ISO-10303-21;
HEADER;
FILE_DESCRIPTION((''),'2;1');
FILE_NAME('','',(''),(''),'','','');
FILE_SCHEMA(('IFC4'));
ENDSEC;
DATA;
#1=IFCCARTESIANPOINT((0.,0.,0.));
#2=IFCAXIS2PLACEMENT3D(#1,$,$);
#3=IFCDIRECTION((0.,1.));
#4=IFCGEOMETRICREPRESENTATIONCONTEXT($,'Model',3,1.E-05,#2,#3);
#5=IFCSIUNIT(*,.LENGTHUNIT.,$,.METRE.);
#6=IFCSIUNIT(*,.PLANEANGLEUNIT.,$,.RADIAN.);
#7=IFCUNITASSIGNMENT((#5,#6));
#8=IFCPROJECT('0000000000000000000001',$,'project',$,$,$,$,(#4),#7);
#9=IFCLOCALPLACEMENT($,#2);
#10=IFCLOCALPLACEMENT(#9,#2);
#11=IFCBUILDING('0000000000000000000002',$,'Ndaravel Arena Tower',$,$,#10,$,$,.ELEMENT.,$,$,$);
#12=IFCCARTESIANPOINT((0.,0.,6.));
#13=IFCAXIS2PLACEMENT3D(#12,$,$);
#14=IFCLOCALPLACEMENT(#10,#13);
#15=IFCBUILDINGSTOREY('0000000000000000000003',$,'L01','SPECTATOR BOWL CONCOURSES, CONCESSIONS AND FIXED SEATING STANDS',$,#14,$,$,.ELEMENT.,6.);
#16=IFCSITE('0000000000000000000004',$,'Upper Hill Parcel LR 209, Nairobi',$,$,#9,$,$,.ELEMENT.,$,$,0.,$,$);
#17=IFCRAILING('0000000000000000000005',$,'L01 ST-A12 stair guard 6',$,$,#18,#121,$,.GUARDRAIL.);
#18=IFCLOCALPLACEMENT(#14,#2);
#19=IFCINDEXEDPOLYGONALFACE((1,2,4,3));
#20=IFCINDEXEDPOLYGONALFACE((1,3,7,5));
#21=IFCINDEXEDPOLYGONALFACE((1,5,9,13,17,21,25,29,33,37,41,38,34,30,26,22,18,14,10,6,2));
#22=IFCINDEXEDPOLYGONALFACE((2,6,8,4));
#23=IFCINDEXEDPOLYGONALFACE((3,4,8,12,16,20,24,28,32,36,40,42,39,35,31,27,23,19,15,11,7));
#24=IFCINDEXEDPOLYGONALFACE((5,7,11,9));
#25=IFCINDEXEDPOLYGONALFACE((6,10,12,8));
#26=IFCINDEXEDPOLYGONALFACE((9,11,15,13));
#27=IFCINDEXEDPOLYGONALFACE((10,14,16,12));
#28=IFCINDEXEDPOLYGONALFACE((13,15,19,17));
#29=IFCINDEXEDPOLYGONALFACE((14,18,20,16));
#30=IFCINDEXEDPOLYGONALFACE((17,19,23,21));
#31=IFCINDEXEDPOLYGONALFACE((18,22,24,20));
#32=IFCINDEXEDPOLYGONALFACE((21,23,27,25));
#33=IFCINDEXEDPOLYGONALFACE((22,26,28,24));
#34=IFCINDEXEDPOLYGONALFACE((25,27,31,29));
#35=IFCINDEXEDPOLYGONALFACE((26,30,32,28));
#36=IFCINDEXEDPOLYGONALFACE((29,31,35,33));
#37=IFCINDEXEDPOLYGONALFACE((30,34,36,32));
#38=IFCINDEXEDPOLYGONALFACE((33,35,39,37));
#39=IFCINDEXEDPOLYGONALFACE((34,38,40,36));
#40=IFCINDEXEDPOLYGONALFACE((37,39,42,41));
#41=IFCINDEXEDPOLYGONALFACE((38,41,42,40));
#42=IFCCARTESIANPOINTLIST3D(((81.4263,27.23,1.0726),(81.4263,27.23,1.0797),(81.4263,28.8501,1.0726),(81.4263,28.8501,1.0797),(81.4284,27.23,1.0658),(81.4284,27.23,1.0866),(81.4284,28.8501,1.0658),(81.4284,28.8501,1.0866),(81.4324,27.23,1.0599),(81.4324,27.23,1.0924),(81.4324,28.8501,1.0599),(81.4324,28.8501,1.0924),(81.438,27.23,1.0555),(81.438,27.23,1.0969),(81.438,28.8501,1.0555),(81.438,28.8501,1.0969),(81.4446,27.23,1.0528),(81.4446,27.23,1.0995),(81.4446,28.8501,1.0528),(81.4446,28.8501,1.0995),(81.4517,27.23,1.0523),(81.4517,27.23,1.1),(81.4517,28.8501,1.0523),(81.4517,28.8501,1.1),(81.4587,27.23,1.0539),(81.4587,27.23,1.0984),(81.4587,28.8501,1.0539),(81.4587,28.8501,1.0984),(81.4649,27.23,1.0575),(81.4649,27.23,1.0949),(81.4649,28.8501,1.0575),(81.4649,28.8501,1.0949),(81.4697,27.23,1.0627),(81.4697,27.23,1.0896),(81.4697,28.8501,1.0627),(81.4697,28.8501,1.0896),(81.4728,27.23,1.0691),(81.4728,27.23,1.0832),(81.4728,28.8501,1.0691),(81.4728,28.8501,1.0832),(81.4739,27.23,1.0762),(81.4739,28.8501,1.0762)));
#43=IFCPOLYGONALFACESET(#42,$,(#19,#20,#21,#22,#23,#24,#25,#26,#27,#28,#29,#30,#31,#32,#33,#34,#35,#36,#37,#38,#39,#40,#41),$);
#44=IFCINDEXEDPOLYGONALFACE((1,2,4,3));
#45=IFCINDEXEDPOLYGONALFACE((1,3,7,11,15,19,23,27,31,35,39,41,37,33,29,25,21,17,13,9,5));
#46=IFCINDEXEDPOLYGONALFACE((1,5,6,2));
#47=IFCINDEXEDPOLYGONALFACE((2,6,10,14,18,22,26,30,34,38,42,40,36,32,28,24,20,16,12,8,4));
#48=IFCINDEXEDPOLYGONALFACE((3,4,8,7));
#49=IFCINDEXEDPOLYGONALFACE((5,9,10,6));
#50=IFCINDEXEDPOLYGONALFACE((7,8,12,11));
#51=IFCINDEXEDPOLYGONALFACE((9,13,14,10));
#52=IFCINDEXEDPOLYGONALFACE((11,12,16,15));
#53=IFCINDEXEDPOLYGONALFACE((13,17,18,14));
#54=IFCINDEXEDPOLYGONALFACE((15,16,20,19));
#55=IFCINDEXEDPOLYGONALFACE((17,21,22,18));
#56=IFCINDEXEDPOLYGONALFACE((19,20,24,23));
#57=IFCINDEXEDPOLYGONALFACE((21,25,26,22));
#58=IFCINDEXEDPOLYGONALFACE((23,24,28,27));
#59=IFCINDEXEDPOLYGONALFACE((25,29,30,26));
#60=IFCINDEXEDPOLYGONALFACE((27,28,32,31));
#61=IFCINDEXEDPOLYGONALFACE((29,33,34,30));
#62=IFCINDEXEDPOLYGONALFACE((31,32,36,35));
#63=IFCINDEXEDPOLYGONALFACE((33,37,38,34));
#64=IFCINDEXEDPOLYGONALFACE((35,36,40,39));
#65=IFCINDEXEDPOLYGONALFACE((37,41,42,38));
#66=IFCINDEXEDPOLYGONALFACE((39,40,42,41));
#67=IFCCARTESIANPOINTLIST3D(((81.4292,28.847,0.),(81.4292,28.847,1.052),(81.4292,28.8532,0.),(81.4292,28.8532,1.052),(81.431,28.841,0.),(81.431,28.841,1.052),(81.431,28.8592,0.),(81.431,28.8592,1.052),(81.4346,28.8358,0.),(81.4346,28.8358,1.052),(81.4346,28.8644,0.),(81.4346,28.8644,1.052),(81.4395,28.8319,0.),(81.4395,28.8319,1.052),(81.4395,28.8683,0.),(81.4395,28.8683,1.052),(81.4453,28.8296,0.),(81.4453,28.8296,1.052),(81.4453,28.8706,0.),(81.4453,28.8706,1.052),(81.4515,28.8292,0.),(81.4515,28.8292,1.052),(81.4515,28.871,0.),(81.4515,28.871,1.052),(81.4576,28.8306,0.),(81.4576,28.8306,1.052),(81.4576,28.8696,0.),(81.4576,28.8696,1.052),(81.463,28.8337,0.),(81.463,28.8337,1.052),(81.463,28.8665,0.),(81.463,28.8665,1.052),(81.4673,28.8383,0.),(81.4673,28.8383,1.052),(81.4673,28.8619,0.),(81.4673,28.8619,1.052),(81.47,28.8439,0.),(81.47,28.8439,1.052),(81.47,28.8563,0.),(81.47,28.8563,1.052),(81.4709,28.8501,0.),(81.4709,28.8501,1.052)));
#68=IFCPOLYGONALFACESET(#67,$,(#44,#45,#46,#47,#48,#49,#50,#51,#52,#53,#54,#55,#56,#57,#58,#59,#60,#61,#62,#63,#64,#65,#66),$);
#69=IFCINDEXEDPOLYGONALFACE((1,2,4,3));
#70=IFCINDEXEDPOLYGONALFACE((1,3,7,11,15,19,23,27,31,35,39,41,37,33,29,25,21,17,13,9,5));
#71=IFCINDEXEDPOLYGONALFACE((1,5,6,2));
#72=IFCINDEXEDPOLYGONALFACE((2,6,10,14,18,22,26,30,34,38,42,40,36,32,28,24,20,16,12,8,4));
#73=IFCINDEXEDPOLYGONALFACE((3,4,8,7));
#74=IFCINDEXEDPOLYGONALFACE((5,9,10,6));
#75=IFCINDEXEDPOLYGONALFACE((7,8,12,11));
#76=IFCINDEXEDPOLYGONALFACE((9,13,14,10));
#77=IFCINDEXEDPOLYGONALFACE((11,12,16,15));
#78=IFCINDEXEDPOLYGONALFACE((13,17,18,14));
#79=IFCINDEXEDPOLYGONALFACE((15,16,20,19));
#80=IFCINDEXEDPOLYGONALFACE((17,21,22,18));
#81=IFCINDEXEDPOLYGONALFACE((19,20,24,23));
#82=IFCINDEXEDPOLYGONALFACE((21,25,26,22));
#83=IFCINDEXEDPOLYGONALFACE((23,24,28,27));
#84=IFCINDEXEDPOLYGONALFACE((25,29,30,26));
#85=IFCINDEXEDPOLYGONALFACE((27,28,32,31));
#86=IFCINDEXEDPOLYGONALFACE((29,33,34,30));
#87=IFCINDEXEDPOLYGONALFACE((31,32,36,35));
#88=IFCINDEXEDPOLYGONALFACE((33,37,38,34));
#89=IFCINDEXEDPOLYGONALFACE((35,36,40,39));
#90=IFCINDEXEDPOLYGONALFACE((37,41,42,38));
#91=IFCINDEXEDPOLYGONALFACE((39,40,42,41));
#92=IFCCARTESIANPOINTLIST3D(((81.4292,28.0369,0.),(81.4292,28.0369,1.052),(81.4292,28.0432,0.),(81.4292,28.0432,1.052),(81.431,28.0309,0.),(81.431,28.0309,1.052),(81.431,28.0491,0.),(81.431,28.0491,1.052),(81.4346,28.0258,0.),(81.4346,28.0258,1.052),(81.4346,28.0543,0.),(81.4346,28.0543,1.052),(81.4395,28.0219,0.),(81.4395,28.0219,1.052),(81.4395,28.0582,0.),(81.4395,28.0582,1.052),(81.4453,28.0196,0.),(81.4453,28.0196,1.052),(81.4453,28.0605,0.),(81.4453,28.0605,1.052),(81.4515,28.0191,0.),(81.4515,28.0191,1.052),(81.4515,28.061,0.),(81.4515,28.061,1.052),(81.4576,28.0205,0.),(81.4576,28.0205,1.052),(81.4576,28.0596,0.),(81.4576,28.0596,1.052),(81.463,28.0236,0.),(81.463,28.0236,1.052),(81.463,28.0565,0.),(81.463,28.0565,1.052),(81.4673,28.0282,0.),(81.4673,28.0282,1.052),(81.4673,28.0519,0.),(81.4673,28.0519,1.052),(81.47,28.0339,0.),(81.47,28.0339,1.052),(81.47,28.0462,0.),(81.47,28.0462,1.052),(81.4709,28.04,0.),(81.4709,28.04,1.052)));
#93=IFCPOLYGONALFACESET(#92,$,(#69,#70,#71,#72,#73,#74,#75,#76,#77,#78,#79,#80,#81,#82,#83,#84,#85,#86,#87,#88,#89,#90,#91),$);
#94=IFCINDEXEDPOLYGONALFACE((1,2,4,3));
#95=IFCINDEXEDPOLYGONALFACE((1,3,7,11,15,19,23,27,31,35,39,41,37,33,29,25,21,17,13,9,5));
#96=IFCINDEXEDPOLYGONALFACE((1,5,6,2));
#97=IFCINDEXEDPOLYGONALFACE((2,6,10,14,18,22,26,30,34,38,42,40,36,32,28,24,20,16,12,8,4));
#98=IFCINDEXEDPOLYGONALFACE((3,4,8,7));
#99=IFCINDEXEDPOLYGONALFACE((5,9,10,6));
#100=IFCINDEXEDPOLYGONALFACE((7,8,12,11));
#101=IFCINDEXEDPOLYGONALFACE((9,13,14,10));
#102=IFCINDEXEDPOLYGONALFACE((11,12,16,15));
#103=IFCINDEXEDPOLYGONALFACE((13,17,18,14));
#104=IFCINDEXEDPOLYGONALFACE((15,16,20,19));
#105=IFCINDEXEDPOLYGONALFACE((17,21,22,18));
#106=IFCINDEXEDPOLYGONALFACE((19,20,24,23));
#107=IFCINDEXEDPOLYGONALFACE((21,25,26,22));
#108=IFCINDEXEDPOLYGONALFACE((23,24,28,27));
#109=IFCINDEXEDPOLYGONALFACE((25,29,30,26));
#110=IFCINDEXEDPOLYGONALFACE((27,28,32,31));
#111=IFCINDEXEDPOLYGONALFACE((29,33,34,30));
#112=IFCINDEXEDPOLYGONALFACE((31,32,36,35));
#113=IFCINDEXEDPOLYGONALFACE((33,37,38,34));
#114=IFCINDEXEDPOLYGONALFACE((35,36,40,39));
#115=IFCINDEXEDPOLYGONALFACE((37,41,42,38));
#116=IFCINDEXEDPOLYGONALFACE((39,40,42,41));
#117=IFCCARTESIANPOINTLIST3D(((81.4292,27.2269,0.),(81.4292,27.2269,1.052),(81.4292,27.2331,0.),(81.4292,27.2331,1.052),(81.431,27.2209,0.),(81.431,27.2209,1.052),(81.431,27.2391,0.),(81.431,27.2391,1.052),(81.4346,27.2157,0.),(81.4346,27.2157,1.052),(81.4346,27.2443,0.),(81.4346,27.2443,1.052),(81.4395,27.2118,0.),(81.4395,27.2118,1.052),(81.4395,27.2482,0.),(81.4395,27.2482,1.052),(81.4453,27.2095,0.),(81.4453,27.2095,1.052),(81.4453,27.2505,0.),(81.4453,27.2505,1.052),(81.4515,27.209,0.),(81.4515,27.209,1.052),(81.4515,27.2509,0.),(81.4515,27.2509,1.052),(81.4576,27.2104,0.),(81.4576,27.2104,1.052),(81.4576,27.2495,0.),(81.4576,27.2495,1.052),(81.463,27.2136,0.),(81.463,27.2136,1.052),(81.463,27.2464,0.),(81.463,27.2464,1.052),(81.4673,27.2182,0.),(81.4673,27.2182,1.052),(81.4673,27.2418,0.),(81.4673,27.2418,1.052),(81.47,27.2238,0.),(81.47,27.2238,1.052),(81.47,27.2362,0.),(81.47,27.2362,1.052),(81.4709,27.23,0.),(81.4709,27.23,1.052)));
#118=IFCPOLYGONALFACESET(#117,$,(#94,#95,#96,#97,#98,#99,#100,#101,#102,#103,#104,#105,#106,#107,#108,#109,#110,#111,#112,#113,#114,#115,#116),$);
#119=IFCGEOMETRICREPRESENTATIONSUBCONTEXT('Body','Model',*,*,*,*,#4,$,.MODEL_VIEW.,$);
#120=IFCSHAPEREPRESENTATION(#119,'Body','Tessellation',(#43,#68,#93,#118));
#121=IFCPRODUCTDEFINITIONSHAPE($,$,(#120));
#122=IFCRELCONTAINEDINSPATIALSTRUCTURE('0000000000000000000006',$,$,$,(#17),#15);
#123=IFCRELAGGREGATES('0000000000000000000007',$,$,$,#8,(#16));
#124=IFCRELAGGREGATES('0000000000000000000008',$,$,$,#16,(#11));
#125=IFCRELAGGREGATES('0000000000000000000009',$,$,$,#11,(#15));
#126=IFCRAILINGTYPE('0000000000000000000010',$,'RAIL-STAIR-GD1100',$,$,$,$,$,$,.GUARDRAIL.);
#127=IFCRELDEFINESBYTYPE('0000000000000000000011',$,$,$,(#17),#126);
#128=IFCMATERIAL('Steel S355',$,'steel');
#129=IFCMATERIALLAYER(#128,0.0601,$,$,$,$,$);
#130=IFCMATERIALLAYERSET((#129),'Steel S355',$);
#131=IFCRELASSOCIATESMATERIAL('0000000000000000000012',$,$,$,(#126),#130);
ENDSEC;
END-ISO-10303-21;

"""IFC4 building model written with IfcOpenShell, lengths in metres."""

from ifc_helpers import new_model, si_unit, direction, frame, origin, origin_2d, place, context, subcontext, project, spatial, circle, extrude, material, layer, layer_set, type_object, element, save


model = new_model("IFC4")

# Units and contexts
model_context = context("Model", 3, precision=1e-05, world=origin(), true_north=direction((0.0, 1.0)))
body_context = subcontext(model_context, "Body", "Model", "MODEL_VIEW")
ifc_project = project(units=[si_unit("LENGTHUNIT", "METRE"), si_unit("PLANEANGLEUNIT", "RADIAN")], contexts=[model_context])

# Site, building, storey
site_placement = place(None, origin())
site = spatial("IfcSite", under=ifc_project, at=site_placement, Name="Upper Hill Parcel LR 209, Nairobi", CompositionType="ELEMENT", RefElevation=0.0)
building_placement = place(site_placement, origin())
building = spatial("IfcBuilding", under=site, at=building_placement, Name="Ndaravel Arena Tower", CompositionType="ELEMENT")
storey_placement = place(building_placement, frame((0.0, 0.0, 6.0)))
storey = spatial("IfcBuildingStorey", under=building, at=storey_placement, Name="L01", Description="SPECTATOR BOWL CONCOURSES, CONCESSIONS AND FIXED SEATING STANDS", CompositionType="ELEMENT", Elevation=6.0)

# Railing
ifc_material_1 = material(Name="Steel S355", Category="steel")
ifc_layer_1 = layer(ifc_material_1, 0.0601)
ifc_layer_set_1 = layer_set([ifc_layer_1], Name="Steel S355")
railing_type_1 = type_object("IfcRailingType", Name="RAIL-STAIR-GD1100", PredefinedType="GUARDRAIL", material=ifc_layer_set_1)
for number, where, name in (
    (1, (81.45, 28.8501, 0.0), "L01 ST-A12 stair guard 6"),
):
    element("IfcRailing", number, at=place(storey_placement, frame(where)), inside=storey, type_object=railing_type_1, Name=name, PredefinedType="GUARDRAIL", context=body_context, shape_type="SweptSolid", body=[
        extrude(circle(Radius=0.0239, at=origin_2d()), frame((0.0, 0.0, 1.0762), z_axis=(0.0, -1.0, 0.0), x_axis=(1.0, 0.0, 0.0)), (0.0, 0.0, 1.0), 1.6201),
        extrude(circle(Radius=0.021, at=origin_2d()), origin(), (0.0, 0.0, 1.0), 1.052),
        extrude(circle(Radius=0.021, at=origin_2d()), frame((0.0, -0.8101, 0.0)), (0.0, 0.0, 1.0), 1.052),
        extrude(circle(Radius=0.021, at=origin_2d()), frame((0.0, -1.6201, 0.0)), (0.0, 0.0, 1.0), 1.052),
    ])

save(model, "model.ifc")
